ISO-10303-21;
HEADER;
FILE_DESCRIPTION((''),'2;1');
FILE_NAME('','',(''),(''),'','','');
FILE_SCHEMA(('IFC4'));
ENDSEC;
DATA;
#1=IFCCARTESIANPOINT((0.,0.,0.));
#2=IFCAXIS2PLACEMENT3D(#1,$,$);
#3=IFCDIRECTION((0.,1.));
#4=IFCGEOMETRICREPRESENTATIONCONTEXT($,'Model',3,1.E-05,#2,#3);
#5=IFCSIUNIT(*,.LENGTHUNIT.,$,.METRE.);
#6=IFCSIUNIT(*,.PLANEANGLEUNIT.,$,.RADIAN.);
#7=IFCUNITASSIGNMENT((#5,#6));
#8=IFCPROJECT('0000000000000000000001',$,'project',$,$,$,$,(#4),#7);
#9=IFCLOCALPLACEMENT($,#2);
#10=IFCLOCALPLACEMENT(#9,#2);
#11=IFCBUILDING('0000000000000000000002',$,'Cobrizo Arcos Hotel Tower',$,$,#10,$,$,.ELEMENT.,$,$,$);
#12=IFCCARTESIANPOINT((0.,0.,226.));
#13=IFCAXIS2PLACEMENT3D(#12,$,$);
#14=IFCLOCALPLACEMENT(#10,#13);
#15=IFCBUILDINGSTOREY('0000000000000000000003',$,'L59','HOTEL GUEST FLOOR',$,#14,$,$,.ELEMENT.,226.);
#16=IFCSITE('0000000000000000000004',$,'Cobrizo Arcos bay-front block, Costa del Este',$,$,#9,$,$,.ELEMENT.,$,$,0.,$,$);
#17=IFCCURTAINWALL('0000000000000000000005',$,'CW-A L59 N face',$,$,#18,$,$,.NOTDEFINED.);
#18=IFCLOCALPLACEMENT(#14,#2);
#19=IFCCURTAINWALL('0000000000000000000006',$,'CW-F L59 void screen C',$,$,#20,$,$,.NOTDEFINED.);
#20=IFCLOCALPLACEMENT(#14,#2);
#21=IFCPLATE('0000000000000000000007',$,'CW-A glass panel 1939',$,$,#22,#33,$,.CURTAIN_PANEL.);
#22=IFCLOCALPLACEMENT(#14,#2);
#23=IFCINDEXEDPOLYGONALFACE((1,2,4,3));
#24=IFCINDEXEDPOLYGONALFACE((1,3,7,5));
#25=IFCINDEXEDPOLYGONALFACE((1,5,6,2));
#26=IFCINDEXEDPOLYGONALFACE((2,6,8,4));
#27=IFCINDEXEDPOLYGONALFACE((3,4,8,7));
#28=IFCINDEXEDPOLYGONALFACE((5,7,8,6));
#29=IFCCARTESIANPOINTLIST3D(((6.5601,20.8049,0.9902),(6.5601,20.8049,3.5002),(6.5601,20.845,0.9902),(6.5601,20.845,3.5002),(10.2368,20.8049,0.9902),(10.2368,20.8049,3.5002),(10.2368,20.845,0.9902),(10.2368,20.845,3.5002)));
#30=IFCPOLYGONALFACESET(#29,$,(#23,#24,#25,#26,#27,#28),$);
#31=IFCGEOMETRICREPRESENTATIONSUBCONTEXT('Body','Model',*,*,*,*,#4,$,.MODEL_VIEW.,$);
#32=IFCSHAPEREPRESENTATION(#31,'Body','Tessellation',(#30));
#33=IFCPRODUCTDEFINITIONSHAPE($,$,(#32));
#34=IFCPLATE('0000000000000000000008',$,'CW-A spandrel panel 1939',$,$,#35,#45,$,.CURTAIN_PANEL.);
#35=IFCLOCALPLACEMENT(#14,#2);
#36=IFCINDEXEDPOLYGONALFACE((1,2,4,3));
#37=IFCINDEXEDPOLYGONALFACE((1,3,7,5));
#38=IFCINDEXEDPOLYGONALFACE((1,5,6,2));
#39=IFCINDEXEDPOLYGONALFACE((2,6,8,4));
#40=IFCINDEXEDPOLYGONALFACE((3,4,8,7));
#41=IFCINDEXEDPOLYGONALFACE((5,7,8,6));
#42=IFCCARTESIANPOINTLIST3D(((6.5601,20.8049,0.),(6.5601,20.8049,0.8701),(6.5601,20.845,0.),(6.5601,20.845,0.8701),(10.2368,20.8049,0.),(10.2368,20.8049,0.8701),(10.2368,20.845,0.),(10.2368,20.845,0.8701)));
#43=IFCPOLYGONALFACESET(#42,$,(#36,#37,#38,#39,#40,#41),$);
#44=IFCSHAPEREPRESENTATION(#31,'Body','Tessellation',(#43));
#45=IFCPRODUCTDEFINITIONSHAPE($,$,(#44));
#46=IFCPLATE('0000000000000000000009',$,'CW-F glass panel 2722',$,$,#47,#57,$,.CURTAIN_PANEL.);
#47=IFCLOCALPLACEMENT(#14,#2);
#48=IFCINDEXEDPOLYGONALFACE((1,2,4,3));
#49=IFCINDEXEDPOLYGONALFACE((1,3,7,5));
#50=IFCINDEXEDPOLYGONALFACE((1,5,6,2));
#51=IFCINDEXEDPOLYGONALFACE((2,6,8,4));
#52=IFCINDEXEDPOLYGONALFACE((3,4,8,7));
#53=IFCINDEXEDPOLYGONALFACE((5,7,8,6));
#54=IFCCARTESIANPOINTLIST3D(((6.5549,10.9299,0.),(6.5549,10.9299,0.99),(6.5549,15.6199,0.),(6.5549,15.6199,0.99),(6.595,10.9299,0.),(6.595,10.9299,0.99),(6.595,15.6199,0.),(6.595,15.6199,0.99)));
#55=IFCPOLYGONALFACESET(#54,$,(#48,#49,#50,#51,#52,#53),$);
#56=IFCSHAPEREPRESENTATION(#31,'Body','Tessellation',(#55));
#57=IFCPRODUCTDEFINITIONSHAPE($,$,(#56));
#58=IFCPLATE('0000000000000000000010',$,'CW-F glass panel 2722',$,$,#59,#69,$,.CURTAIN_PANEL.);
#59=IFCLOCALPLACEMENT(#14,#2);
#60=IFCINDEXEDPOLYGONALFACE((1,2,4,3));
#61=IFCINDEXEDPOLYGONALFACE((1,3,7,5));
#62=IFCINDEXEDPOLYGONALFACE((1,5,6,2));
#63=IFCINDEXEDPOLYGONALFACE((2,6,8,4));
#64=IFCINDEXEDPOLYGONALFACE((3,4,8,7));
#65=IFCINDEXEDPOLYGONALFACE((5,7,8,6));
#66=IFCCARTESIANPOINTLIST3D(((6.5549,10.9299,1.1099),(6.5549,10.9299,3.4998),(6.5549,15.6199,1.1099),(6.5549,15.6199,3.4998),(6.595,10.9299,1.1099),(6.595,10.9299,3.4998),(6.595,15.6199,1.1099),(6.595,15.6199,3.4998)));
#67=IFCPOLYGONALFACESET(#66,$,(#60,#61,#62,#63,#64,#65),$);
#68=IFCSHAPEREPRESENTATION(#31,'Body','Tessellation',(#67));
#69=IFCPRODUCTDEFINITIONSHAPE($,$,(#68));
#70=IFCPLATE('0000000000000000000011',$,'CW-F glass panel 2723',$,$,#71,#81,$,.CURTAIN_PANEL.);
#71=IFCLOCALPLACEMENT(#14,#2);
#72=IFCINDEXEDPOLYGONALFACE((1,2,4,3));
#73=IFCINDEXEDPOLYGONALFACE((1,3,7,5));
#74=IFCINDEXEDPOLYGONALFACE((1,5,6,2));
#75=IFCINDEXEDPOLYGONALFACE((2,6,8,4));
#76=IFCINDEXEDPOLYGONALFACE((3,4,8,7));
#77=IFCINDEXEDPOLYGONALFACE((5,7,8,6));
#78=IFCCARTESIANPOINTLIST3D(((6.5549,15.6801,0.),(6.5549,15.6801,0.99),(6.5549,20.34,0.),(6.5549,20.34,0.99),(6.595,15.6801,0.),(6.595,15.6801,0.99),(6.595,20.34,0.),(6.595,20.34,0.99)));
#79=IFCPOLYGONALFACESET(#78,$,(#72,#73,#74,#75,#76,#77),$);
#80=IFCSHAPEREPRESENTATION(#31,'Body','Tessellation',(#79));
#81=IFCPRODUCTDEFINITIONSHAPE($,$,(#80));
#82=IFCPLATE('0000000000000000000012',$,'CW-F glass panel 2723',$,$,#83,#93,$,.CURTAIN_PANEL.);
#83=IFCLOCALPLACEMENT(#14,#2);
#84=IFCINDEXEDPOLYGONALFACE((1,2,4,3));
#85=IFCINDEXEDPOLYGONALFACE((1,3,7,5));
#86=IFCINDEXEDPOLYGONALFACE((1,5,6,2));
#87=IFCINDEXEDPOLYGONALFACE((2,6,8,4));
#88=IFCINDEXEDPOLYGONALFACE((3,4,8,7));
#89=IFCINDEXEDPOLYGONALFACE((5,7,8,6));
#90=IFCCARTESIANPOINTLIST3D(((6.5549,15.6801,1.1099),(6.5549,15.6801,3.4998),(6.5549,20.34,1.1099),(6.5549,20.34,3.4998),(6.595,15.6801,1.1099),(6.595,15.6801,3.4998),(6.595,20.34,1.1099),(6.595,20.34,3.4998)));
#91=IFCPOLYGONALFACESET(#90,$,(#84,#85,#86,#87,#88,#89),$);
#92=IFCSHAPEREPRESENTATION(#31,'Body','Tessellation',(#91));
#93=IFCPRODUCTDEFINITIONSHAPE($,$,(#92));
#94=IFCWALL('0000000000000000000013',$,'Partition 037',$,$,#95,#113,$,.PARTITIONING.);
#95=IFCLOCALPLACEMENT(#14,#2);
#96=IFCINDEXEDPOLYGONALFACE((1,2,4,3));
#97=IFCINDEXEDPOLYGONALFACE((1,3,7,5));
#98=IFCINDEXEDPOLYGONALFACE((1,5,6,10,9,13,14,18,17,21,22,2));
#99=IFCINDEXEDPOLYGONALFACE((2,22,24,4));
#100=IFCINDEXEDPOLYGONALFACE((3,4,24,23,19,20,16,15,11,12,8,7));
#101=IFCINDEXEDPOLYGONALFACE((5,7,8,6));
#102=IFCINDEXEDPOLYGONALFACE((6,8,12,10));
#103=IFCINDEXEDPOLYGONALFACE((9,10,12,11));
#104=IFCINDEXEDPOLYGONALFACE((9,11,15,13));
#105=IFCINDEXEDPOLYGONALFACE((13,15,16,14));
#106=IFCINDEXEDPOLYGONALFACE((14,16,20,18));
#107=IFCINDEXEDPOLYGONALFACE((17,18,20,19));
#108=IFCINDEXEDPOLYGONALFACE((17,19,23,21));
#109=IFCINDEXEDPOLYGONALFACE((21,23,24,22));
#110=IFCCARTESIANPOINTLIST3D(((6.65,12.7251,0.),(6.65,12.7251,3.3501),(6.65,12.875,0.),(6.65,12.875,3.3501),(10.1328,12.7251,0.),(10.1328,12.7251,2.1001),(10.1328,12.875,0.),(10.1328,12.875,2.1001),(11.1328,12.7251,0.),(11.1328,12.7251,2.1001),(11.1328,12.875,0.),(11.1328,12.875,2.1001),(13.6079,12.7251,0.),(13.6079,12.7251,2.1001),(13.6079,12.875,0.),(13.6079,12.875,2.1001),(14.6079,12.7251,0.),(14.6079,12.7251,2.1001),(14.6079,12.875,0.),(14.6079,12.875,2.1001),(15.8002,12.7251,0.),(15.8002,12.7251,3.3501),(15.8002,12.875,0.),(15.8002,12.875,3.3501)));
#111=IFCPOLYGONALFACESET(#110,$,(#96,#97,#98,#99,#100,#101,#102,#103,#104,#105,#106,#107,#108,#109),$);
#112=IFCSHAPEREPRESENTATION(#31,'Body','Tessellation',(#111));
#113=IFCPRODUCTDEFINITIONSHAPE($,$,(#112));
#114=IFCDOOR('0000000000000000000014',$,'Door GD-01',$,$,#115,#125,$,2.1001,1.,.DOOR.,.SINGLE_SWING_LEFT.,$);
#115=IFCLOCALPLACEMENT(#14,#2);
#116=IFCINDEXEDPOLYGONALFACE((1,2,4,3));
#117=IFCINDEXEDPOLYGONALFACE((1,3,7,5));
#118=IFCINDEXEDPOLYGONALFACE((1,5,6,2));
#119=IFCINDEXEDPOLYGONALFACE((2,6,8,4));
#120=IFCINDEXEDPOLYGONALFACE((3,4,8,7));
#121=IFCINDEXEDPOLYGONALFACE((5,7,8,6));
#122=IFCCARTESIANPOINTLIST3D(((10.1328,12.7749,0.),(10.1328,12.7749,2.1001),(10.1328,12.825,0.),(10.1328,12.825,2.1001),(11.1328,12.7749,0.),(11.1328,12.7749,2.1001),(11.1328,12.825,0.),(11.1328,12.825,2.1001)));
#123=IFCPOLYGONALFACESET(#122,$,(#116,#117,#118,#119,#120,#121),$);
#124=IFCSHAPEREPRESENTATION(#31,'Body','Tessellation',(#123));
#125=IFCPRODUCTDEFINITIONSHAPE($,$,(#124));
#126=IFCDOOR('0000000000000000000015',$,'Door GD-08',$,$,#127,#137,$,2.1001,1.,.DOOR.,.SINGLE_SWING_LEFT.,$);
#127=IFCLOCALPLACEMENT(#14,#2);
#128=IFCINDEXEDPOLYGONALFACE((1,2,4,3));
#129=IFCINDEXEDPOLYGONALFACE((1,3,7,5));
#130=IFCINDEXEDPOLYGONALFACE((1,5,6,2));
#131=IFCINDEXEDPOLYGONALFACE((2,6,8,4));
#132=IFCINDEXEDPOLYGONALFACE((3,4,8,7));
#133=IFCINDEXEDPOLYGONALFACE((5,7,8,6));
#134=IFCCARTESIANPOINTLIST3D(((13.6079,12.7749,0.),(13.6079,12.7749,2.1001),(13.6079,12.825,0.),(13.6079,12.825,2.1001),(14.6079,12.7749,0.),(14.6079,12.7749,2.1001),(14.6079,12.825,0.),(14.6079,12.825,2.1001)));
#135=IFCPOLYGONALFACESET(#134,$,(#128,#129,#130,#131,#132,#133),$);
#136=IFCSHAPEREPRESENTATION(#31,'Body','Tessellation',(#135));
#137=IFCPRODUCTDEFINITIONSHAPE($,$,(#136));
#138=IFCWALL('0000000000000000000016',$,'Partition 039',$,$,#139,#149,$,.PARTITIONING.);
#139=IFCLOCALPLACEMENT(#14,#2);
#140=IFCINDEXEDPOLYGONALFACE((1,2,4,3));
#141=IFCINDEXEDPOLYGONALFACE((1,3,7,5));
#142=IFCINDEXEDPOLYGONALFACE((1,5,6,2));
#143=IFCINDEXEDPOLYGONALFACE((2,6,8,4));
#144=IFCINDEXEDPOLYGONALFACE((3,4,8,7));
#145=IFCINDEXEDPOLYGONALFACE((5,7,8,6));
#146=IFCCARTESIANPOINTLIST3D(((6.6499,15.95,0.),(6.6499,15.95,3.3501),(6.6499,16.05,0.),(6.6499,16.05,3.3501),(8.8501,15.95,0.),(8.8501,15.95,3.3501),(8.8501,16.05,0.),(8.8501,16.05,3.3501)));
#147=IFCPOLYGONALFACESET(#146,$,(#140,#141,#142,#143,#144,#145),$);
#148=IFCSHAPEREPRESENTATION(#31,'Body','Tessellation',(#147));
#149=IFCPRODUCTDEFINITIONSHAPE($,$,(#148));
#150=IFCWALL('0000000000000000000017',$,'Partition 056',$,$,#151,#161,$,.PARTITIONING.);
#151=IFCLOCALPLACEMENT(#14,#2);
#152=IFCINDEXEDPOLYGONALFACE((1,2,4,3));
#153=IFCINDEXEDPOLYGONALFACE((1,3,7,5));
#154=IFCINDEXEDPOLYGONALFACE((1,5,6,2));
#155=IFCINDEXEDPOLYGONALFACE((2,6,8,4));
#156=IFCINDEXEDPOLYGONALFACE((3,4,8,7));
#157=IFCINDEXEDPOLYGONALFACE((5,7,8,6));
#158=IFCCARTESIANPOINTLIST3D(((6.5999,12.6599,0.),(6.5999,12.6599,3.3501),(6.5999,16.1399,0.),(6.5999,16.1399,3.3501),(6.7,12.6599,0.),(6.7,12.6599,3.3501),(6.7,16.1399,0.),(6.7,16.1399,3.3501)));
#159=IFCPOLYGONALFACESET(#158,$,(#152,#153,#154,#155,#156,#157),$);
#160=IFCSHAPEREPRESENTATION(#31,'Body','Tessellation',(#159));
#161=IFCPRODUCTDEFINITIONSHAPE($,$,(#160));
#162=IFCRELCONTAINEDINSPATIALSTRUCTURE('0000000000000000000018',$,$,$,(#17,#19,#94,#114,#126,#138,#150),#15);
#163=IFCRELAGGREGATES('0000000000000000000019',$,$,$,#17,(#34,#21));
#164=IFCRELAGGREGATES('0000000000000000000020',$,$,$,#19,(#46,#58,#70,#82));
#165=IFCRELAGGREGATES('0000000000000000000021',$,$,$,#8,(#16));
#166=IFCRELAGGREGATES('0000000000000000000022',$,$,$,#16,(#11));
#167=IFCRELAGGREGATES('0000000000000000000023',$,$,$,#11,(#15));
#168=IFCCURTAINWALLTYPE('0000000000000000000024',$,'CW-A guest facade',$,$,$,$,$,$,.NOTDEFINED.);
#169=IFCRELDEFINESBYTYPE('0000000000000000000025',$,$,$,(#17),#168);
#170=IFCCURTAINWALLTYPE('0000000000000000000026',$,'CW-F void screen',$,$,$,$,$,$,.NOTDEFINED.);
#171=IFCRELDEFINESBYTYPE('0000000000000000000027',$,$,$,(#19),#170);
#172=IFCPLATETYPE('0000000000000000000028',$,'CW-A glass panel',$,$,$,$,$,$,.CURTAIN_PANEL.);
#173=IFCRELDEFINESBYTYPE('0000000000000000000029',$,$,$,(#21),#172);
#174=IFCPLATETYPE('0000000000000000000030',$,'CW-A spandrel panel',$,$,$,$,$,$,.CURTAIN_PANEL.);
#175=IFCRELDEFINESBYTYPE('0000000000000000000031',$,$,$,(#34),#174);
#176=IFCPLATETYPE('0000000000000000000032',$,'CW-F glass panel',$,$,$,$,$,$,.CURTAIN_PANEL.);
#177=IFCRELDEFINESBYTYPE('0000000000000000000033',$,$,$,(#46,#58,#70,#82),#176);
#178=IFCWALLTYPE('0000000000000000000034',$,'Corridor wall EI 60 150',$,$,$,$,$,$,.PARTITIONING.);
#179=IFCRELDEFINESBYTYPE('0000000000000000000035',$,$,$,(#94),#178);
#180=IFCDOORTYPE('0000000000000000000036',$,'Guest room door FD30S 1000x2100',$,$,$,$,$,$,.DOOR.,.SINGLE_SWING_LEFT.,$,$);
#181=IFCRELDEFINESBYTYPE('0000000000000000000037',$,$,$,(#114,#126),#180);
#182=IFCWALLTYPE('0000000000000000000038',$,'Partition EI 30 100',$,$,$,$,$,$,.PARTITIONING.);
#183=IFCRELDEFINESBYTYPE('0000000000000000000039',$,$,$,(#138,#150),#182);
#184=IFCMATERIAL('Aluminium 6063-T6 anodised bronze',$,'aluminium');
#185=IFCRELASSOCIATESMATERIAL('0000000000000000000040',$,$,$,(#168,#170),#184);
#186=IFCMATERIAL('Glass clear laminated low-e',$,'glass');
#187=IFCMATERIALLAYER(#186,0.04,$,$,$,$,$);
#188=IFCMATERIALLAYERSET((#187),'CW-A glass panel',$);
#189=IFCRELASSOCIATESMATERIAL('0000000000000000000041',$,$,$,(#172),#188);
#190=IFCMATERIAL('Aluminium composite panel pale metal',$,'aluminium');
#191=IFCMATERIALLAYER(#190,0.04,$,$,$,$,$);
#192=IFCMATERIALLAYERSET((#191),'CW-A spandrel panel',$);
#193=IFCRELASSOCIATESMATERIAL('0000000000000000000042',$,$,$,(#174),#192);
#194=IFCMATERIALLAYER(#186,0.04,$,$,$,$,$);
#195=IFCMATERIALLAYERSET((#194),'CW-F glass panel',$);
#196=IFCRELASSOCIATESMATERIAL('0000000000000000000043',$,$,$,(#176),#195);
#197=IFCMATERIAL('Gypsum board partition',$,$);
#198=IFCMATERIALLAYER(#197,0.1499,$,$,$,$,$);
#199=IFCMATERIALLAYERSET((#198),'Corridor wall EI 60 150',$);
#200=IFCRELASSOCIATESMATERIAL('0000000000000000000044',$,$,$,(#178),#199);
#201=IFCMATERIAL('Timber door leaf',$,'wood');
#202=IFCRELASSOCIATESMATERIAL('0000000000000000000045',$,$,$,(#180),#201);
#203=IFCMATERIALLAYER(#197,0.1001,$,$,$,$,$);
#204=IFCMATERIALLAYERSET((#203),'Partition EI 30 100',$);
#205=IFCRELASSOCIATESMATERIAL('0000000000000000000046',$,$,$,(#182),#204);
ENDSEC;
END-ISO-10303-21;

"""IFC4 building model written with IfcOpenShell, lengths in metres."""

from ifc_helpers import new_model, si_unit, direction, frame, frame_2d, origin, origin_2d, place, context, subcontext, project, spatial, rectangle, extrude, material, layer, layer_set, type_object, element, fill, aggregate, save


model = new_model("IFC4")

# Units and contexts
model_context = context("Model", 3, precision=1e-05, world=origin(), true_north=direction((0.0, 1.0)))
body_context = subcontext(model_context, "Body", "Model", "MODEL_VIEW")
ifc_project = project(units=[si_unit("LENGTHUNIT", "METRE"), si_unit("PLANEANGLEUNIT", "RADIAN")], contexts=[model_context])

# Site, building, storey
site_placement = place(None, origin())
site = spatial("IfcSite", under=ifc_project, at=site_placement, Name="Cobrizo Arcos bay-front block, Costa del Este", CompositionType="ELEMENT", RefElevation=0.0)
building_placement = place(site_placement, origin())
building = spatial("IfcBuilding", under=site, at=building_placement, Name="Cobrizo Arcos Hotel Tower", CompositionType="ELEMENT")
storey_placement = place(building_placement, frame((0.0, 0.0, 226.0)))
storey = spatial("IfcBuildingStorey", under=building, at=storey_placement, Name="L59", Description="HOTEL GUEST FLOOR", CompositionType="ELEMENT", Elevation=226.0)

# Curtain walls
ifc_material_1 = material(Name="Aluminium 6063-T6 anodised bronze", Category="aluminium")
curtain_wall_type_1 = type_object("IfcCurtainWallType", Name="CW-A guest facade", PredefinedType="NOTDEFINED", material=ifc_material_1)
curtain_wall_1_placement = place(storey_placement, origin())
curtain_wall_1 = element("IfcCurtainWall", 1, at=curtain_wall_1_placement, inside=storey, type_object=curtain_wall_type_1, Name="CW-A L59 N face", PredefinedType="NOTDEFINED")
curtain_wall_type_2 = type_object("IfcCurtainWallType", Name="CW-F void screen", PredefinedType="NOTDEFINED", material=ifc_material_1)
curtain_wall_2_placement = place(storey_placement, origin())
curtain_wall_2 = element("IfcCurtainWall", 2, at=curtain_wall_2_placement, inside=storey, type_object=curtain_wall_type_2, Name="CW-F L59 void screen C", PredefinedType="NOTDEFINED")

# Plates
ifc_material_2 = material(Name="Glass clear laminated low-e", Category="glass")
ifc_layer_1 = layer(ifc_material_2, 0.04)
ifc_layer_set_1 = layer_set([ifc_layer_1], Name="CW-A glass panel")
plate_type_1 = type_object("IfcPlateType", Name="CW-A glass panel", PredefinedType="CURTAIN_PANEL", material=ifc_layer_set_1)
plate_1_placement = place(storey_placement, frame((8.3984, 20.825, 0.9902), z_axis=(0.0, 0.0, 1.0), x_axis=(-1.0, 0.0, 0.0)))
plate_1 = element("IfcPlate", 3, at=plate_1_placement, type_object=plate_type_1, Name="CW-A glass panel 1939", PredefinedType="CURTAIN_PANEL", context=body_context, shape_type="SweptSolid", body=[
    extrude(rectangle(XDim=3.6768, YDim=0.04, at=origin_2d()), origin(), (0.0, 0.0, 1.0), 2.51),
])
ifc_material_3 = material(Name="Aluminium composite panel pale metal", Category="aluminium")
ifc_layer_2 = layer(ifc_material_3, 0.04)
ifc_layer_set_2 = layer_set([ifc_layer_2], Name="CW-A spandrel panel")
plate_type_2 = type_object("IfcPlateType", Name="CW-A spandrel panel", PredefinedType="CURTAIN_PANEL", material=ifc_layer_set_2)
plate_2_placement = place(storey_placement, frame((8.3984, 20.825, 0.0), z_axis=(0.0, 0.0, 1.0), x_axis=(-1.0, 0.0, 0.0)))
plate_2 = element("IfcPlate", 4, at=plate_2_placement, type_object=plate_type_2, Name="CW-A spandrel panel 1939", PredefinedType="CURTAIN_PANEL", context=body_context, shape_type="SweptSolid", body=[
    extrude(rectangle(XDim=3.6768, YDim=0.04, at=origin_2d()), origin(), (0.0, 0.0, 1.0), 0.8701),
])
aggregate(curtain_wall_1, [plate_2, plate_1])
ifc_layer_3 = layer(ifc_material_2, 0.04)
ifc_layer_set_3 = layer_set([ifc_layer_3], Name="CW-F glass panel")
plate_type_3 = type_object("IfcPlateType", Name="CW-F glass panel", PredefinedType="CURTAIN_PANEL", material=ifc_layer_set_3)
plate_3_placement = place(storey_placement, frame((6.575, 13.2749, 0.0), z_axis=(0.0, 0.0, 1.0), x_axis=(0.0, 1.0, 0.0)))
plate_3 = element("IfcPlate", 5, at=plate_3_placement, type_object=plate_type_3, Name="CW-F glass panel 2722", PredefinedType="CURTAIN_PANEL", context=body_context, shape_type="SweptSolid", body=[
    extrude(rectangle(XDim=4.6899, YDim=0.04, at=origin_2d()), origin(), (0.0, 0.0, 1.0), 0.99),
])
plate_4_placement = place(storey_placement, frame((6.575, 13.2749, 1.1099), z_axis=(0.0, 0.0, 1.0), x_axis=(0.0, 1.0, 0.0)))
plate_4 = element("IfcPlate", 6, at=plate_4_placement, type_object=plate_type_3, Name="CW-F glass panel 2722", PredefinedType="CURTAIN_PANEL", context=body_context, shape_type="SweptSolid", body=[
    extrude(rectangle(XDim=4.6899, YDim=0.04, at=origin_2d()), origin(), (0.0, 0.0, 1.0), 2.3899),
])
plate_5_placement = place(storey_placement, frame((6.575, 18.01, 0.0), z_axis=(0.0, 0.0, 1.0), x_axis=(0.0, 1.0, 0.0)))
plate_5 = element("IfcPlate", 7, at=plate_5_placement, type_object=plate_type_3, Name="CW-F glass panel 2723", PredefinedType="CURTAIN_PANEL", context=body_context, shape_type="SweptSolid", body=[
    extrude(rectangle(XDim=4.6599, YDim=0.04, at=origin_2d()), origin(), (0.0, 0.0, 1.0), 0.99),
])
plate_6_placement = place(storey_placement, frame((6.575, 18.01, 1.1099), z_axis=(0.0, 0.0, 1.0), x_axis=(0.0, 1.0, 0.0)))
plate_6 = element("IfcPlate", 8, at=plate_6_placement, type_object=plate_type_3, Name="CW-F glass panel 2723", PredefinedType="CURTAIN_PANEL", context=body_context, shape_type="SweptSolid", body=[
    extrude(rectangle(XDim=4.6599, YDim=0.04, at=origin_2d()), origin(), (0.0, 0.0, 1.0), 2.3899),
])
aggregate(curtain_wall_2, [plate_3, plate_4, plate_5, plate_6])

# Wall, openings, doors
ifc_material_4 = material(Name="Gypsum board partition")
ifc_layer_4 = layer(ifc_material_4, 0.1499)
ifc_layer_set_4 = layer_set([ifc_layer_4], Name="Corridor wall EI 60 150")
wall_type_1 = type_object("IfcWallType", Name="Corridor wall EI 60 150", PredefinedType="PARTITIONING", material=ifc_layer_set_4)
wall_1_placement = place(storey_placement, frame((6.6499, 12.8, 0.0), z_axis=(0.0, 0.0, 1.0), x_axis=(1.0, 0.0, 0.0)))
wall_1 = element("IfcWall", 9, at=wall_1_placement, inside=storey, type_object=wall_type_1, Name="Partition 037", PredefinedType="PARTITIONING", context=body_context, shape_type="SweptSolid", body=[
    extrude(rectangle(XDim=9.1501, YDim=0.1499, at=frame_2d((4.5752, 0.0))), origin(), (0.0, 0.0, 1.0), 3.3501),
])
opening_1_placement = place(wall_1_placement, frame((3.4829, 0.0, 0.0)))
opening_1 = element("IfcOpeningElement", 10, at=opening_1_placement, cuts=wall_1, PredefinedType="OPENING", context=body_context, shape_type="SweptSolid", body=[
    extrude(rectangle(XDim=1.0, YDim=2.1001, at=frame_2d((0.5, 1.05))), frame((0.0, 0.0869, 0.0), z_axis=(0.0, -1.0, 0.0), x_axis=(1.0, 0.0, 0.0)), (0.0, 0.0, 1.0), 0.1738),
])
opening_2_placement = place(wall_1_placement, frame((6.958, 0.0, 0.0)))
opening_2 = element("IfcOpeningElement", 11, at=opening_2_placement, cuts=wall_1, PredefinedType="OPENING", context=body_context, shape_type="SweptSolid", body=[
    extrude(rectangle(XDim=1.0, YDim=2.1001, at=frame_2d((0.5, 1.05))), frame((0.0, 0.0869, 0.0), z_axis=(0.0, -1.0, 0.0), x_axis=(1.0, 0.0, 0.0)), (0.0, 0.0, 1.0), 0.1738),
])
ifc_material_5 = material(Name="Timber door leaf", Category="wood")
door_type_1 = type_object("IfcDoorType", Name="Guest room door FD30S 1000x2100", OperationType="SINGLE_SWING_LEFT", PredefinedType="DOOR", material=ifc_material_5)
door_1_placement = place(opening_1_placement, origin())
door_1 = element("IfcDoor", 12, at=door_1_placement, inside=storey, type_object=door_type_1, Name="Door GD-01", OperationType="SINGLE_SWING_LEFT", OverallHeight=2.1001, OverallWidth=1.0, PredefinedType="DOOR", context=body_context, shape_type="SweptSolid", body=[
    extrude(rectangle(XDim=1.0, YDim=2.1001, at=frame_2d((0.5, 1.05))), frame((0.0, 0.0249, 0.0), z_axis=(0.0, -1.0, 0.0), x_axis=(1.0, 0.0, 0.0)), (0.0, 0.0, 1.0), 0.05),
])
fill(opening_1, door_1)
door_2_placement = place(opening_2_placement, origin())
door_2 = element("IfcDoor", 13, at=door_2_placement, inside=storey, type_object=door_type_1, Name="Door GD-08", OperationType="SINGLE_SWING_LEFT", OverallHeight=2.1001, OverallWidth=1.0, PredefinedType="DOOR", context=body_context, shape_type="SweptSolid", body=[
    extrude(rectangle(XDim=1.0, YDim=2.1001, at=frame_2d((0.5, 1.05))), frame((0.0, 0.0249, 0.0), z_axis=(0.0, -1.0, 0.0), x_axis=(1.0, 0.0, 0.0)), (0.0, 0.0, 1.0), 0.05),
])
fill(opening_2, door_2)

# Walls
ifc_layer_5 = layer(ifc_material_4, 0.1001)
ifc_layer_set_5 = layer_set([ifc_layer_5], Name="Partition EI 30 100")
wall_type_2 = type_object("IfcWallType", Name="Partition EI 30 100", PredefinedType="PARTITIONING", material=ifc_layer_set_5)
wall_2_placement = place(storey_placement, frame((6.6499, 16.0, 0.0), z_axis=(0.0, 0.0, 1.0), x_axis=(1.0, 0.0, 0.0)))
element("IfcWall", 14, at=wall_2_placement, inside=storey, type_object=wall_type_2, Name="Partition 039", PredefinedType="PARTITIONING", context=body_context, shape_type="SweptSolid", body=[
    extrude(rectangle(XDim=2.2002, YDim=0.1001, at=frame_2d((1.1001, 0.0))), origin(), (0.0, 0.0, 1.0), 3.3501),
])
wall_3_placement = place(storey_placement, frame((6.6499, 12.6599, 0.0), z_axis=(0.0, 0.0, 1.0), x_axis=(0.0, 1.0, 0.0)))
element("IfcWall", 15, at=wall_3_placement, inside=storey, type_object=wall_type_2, Name="Partition 056", PredefinedType="PARTITIONING", context=body_context, shape_type="SweptSolid", body=[
    extrude(rectangle(XDim=3.48, YDim=0.1001, at=frame_2d((1.74, 0.0))), origin(), (0.0, 0.0, 1.0), 3.3501),
])

save(model, "model.ifc")
